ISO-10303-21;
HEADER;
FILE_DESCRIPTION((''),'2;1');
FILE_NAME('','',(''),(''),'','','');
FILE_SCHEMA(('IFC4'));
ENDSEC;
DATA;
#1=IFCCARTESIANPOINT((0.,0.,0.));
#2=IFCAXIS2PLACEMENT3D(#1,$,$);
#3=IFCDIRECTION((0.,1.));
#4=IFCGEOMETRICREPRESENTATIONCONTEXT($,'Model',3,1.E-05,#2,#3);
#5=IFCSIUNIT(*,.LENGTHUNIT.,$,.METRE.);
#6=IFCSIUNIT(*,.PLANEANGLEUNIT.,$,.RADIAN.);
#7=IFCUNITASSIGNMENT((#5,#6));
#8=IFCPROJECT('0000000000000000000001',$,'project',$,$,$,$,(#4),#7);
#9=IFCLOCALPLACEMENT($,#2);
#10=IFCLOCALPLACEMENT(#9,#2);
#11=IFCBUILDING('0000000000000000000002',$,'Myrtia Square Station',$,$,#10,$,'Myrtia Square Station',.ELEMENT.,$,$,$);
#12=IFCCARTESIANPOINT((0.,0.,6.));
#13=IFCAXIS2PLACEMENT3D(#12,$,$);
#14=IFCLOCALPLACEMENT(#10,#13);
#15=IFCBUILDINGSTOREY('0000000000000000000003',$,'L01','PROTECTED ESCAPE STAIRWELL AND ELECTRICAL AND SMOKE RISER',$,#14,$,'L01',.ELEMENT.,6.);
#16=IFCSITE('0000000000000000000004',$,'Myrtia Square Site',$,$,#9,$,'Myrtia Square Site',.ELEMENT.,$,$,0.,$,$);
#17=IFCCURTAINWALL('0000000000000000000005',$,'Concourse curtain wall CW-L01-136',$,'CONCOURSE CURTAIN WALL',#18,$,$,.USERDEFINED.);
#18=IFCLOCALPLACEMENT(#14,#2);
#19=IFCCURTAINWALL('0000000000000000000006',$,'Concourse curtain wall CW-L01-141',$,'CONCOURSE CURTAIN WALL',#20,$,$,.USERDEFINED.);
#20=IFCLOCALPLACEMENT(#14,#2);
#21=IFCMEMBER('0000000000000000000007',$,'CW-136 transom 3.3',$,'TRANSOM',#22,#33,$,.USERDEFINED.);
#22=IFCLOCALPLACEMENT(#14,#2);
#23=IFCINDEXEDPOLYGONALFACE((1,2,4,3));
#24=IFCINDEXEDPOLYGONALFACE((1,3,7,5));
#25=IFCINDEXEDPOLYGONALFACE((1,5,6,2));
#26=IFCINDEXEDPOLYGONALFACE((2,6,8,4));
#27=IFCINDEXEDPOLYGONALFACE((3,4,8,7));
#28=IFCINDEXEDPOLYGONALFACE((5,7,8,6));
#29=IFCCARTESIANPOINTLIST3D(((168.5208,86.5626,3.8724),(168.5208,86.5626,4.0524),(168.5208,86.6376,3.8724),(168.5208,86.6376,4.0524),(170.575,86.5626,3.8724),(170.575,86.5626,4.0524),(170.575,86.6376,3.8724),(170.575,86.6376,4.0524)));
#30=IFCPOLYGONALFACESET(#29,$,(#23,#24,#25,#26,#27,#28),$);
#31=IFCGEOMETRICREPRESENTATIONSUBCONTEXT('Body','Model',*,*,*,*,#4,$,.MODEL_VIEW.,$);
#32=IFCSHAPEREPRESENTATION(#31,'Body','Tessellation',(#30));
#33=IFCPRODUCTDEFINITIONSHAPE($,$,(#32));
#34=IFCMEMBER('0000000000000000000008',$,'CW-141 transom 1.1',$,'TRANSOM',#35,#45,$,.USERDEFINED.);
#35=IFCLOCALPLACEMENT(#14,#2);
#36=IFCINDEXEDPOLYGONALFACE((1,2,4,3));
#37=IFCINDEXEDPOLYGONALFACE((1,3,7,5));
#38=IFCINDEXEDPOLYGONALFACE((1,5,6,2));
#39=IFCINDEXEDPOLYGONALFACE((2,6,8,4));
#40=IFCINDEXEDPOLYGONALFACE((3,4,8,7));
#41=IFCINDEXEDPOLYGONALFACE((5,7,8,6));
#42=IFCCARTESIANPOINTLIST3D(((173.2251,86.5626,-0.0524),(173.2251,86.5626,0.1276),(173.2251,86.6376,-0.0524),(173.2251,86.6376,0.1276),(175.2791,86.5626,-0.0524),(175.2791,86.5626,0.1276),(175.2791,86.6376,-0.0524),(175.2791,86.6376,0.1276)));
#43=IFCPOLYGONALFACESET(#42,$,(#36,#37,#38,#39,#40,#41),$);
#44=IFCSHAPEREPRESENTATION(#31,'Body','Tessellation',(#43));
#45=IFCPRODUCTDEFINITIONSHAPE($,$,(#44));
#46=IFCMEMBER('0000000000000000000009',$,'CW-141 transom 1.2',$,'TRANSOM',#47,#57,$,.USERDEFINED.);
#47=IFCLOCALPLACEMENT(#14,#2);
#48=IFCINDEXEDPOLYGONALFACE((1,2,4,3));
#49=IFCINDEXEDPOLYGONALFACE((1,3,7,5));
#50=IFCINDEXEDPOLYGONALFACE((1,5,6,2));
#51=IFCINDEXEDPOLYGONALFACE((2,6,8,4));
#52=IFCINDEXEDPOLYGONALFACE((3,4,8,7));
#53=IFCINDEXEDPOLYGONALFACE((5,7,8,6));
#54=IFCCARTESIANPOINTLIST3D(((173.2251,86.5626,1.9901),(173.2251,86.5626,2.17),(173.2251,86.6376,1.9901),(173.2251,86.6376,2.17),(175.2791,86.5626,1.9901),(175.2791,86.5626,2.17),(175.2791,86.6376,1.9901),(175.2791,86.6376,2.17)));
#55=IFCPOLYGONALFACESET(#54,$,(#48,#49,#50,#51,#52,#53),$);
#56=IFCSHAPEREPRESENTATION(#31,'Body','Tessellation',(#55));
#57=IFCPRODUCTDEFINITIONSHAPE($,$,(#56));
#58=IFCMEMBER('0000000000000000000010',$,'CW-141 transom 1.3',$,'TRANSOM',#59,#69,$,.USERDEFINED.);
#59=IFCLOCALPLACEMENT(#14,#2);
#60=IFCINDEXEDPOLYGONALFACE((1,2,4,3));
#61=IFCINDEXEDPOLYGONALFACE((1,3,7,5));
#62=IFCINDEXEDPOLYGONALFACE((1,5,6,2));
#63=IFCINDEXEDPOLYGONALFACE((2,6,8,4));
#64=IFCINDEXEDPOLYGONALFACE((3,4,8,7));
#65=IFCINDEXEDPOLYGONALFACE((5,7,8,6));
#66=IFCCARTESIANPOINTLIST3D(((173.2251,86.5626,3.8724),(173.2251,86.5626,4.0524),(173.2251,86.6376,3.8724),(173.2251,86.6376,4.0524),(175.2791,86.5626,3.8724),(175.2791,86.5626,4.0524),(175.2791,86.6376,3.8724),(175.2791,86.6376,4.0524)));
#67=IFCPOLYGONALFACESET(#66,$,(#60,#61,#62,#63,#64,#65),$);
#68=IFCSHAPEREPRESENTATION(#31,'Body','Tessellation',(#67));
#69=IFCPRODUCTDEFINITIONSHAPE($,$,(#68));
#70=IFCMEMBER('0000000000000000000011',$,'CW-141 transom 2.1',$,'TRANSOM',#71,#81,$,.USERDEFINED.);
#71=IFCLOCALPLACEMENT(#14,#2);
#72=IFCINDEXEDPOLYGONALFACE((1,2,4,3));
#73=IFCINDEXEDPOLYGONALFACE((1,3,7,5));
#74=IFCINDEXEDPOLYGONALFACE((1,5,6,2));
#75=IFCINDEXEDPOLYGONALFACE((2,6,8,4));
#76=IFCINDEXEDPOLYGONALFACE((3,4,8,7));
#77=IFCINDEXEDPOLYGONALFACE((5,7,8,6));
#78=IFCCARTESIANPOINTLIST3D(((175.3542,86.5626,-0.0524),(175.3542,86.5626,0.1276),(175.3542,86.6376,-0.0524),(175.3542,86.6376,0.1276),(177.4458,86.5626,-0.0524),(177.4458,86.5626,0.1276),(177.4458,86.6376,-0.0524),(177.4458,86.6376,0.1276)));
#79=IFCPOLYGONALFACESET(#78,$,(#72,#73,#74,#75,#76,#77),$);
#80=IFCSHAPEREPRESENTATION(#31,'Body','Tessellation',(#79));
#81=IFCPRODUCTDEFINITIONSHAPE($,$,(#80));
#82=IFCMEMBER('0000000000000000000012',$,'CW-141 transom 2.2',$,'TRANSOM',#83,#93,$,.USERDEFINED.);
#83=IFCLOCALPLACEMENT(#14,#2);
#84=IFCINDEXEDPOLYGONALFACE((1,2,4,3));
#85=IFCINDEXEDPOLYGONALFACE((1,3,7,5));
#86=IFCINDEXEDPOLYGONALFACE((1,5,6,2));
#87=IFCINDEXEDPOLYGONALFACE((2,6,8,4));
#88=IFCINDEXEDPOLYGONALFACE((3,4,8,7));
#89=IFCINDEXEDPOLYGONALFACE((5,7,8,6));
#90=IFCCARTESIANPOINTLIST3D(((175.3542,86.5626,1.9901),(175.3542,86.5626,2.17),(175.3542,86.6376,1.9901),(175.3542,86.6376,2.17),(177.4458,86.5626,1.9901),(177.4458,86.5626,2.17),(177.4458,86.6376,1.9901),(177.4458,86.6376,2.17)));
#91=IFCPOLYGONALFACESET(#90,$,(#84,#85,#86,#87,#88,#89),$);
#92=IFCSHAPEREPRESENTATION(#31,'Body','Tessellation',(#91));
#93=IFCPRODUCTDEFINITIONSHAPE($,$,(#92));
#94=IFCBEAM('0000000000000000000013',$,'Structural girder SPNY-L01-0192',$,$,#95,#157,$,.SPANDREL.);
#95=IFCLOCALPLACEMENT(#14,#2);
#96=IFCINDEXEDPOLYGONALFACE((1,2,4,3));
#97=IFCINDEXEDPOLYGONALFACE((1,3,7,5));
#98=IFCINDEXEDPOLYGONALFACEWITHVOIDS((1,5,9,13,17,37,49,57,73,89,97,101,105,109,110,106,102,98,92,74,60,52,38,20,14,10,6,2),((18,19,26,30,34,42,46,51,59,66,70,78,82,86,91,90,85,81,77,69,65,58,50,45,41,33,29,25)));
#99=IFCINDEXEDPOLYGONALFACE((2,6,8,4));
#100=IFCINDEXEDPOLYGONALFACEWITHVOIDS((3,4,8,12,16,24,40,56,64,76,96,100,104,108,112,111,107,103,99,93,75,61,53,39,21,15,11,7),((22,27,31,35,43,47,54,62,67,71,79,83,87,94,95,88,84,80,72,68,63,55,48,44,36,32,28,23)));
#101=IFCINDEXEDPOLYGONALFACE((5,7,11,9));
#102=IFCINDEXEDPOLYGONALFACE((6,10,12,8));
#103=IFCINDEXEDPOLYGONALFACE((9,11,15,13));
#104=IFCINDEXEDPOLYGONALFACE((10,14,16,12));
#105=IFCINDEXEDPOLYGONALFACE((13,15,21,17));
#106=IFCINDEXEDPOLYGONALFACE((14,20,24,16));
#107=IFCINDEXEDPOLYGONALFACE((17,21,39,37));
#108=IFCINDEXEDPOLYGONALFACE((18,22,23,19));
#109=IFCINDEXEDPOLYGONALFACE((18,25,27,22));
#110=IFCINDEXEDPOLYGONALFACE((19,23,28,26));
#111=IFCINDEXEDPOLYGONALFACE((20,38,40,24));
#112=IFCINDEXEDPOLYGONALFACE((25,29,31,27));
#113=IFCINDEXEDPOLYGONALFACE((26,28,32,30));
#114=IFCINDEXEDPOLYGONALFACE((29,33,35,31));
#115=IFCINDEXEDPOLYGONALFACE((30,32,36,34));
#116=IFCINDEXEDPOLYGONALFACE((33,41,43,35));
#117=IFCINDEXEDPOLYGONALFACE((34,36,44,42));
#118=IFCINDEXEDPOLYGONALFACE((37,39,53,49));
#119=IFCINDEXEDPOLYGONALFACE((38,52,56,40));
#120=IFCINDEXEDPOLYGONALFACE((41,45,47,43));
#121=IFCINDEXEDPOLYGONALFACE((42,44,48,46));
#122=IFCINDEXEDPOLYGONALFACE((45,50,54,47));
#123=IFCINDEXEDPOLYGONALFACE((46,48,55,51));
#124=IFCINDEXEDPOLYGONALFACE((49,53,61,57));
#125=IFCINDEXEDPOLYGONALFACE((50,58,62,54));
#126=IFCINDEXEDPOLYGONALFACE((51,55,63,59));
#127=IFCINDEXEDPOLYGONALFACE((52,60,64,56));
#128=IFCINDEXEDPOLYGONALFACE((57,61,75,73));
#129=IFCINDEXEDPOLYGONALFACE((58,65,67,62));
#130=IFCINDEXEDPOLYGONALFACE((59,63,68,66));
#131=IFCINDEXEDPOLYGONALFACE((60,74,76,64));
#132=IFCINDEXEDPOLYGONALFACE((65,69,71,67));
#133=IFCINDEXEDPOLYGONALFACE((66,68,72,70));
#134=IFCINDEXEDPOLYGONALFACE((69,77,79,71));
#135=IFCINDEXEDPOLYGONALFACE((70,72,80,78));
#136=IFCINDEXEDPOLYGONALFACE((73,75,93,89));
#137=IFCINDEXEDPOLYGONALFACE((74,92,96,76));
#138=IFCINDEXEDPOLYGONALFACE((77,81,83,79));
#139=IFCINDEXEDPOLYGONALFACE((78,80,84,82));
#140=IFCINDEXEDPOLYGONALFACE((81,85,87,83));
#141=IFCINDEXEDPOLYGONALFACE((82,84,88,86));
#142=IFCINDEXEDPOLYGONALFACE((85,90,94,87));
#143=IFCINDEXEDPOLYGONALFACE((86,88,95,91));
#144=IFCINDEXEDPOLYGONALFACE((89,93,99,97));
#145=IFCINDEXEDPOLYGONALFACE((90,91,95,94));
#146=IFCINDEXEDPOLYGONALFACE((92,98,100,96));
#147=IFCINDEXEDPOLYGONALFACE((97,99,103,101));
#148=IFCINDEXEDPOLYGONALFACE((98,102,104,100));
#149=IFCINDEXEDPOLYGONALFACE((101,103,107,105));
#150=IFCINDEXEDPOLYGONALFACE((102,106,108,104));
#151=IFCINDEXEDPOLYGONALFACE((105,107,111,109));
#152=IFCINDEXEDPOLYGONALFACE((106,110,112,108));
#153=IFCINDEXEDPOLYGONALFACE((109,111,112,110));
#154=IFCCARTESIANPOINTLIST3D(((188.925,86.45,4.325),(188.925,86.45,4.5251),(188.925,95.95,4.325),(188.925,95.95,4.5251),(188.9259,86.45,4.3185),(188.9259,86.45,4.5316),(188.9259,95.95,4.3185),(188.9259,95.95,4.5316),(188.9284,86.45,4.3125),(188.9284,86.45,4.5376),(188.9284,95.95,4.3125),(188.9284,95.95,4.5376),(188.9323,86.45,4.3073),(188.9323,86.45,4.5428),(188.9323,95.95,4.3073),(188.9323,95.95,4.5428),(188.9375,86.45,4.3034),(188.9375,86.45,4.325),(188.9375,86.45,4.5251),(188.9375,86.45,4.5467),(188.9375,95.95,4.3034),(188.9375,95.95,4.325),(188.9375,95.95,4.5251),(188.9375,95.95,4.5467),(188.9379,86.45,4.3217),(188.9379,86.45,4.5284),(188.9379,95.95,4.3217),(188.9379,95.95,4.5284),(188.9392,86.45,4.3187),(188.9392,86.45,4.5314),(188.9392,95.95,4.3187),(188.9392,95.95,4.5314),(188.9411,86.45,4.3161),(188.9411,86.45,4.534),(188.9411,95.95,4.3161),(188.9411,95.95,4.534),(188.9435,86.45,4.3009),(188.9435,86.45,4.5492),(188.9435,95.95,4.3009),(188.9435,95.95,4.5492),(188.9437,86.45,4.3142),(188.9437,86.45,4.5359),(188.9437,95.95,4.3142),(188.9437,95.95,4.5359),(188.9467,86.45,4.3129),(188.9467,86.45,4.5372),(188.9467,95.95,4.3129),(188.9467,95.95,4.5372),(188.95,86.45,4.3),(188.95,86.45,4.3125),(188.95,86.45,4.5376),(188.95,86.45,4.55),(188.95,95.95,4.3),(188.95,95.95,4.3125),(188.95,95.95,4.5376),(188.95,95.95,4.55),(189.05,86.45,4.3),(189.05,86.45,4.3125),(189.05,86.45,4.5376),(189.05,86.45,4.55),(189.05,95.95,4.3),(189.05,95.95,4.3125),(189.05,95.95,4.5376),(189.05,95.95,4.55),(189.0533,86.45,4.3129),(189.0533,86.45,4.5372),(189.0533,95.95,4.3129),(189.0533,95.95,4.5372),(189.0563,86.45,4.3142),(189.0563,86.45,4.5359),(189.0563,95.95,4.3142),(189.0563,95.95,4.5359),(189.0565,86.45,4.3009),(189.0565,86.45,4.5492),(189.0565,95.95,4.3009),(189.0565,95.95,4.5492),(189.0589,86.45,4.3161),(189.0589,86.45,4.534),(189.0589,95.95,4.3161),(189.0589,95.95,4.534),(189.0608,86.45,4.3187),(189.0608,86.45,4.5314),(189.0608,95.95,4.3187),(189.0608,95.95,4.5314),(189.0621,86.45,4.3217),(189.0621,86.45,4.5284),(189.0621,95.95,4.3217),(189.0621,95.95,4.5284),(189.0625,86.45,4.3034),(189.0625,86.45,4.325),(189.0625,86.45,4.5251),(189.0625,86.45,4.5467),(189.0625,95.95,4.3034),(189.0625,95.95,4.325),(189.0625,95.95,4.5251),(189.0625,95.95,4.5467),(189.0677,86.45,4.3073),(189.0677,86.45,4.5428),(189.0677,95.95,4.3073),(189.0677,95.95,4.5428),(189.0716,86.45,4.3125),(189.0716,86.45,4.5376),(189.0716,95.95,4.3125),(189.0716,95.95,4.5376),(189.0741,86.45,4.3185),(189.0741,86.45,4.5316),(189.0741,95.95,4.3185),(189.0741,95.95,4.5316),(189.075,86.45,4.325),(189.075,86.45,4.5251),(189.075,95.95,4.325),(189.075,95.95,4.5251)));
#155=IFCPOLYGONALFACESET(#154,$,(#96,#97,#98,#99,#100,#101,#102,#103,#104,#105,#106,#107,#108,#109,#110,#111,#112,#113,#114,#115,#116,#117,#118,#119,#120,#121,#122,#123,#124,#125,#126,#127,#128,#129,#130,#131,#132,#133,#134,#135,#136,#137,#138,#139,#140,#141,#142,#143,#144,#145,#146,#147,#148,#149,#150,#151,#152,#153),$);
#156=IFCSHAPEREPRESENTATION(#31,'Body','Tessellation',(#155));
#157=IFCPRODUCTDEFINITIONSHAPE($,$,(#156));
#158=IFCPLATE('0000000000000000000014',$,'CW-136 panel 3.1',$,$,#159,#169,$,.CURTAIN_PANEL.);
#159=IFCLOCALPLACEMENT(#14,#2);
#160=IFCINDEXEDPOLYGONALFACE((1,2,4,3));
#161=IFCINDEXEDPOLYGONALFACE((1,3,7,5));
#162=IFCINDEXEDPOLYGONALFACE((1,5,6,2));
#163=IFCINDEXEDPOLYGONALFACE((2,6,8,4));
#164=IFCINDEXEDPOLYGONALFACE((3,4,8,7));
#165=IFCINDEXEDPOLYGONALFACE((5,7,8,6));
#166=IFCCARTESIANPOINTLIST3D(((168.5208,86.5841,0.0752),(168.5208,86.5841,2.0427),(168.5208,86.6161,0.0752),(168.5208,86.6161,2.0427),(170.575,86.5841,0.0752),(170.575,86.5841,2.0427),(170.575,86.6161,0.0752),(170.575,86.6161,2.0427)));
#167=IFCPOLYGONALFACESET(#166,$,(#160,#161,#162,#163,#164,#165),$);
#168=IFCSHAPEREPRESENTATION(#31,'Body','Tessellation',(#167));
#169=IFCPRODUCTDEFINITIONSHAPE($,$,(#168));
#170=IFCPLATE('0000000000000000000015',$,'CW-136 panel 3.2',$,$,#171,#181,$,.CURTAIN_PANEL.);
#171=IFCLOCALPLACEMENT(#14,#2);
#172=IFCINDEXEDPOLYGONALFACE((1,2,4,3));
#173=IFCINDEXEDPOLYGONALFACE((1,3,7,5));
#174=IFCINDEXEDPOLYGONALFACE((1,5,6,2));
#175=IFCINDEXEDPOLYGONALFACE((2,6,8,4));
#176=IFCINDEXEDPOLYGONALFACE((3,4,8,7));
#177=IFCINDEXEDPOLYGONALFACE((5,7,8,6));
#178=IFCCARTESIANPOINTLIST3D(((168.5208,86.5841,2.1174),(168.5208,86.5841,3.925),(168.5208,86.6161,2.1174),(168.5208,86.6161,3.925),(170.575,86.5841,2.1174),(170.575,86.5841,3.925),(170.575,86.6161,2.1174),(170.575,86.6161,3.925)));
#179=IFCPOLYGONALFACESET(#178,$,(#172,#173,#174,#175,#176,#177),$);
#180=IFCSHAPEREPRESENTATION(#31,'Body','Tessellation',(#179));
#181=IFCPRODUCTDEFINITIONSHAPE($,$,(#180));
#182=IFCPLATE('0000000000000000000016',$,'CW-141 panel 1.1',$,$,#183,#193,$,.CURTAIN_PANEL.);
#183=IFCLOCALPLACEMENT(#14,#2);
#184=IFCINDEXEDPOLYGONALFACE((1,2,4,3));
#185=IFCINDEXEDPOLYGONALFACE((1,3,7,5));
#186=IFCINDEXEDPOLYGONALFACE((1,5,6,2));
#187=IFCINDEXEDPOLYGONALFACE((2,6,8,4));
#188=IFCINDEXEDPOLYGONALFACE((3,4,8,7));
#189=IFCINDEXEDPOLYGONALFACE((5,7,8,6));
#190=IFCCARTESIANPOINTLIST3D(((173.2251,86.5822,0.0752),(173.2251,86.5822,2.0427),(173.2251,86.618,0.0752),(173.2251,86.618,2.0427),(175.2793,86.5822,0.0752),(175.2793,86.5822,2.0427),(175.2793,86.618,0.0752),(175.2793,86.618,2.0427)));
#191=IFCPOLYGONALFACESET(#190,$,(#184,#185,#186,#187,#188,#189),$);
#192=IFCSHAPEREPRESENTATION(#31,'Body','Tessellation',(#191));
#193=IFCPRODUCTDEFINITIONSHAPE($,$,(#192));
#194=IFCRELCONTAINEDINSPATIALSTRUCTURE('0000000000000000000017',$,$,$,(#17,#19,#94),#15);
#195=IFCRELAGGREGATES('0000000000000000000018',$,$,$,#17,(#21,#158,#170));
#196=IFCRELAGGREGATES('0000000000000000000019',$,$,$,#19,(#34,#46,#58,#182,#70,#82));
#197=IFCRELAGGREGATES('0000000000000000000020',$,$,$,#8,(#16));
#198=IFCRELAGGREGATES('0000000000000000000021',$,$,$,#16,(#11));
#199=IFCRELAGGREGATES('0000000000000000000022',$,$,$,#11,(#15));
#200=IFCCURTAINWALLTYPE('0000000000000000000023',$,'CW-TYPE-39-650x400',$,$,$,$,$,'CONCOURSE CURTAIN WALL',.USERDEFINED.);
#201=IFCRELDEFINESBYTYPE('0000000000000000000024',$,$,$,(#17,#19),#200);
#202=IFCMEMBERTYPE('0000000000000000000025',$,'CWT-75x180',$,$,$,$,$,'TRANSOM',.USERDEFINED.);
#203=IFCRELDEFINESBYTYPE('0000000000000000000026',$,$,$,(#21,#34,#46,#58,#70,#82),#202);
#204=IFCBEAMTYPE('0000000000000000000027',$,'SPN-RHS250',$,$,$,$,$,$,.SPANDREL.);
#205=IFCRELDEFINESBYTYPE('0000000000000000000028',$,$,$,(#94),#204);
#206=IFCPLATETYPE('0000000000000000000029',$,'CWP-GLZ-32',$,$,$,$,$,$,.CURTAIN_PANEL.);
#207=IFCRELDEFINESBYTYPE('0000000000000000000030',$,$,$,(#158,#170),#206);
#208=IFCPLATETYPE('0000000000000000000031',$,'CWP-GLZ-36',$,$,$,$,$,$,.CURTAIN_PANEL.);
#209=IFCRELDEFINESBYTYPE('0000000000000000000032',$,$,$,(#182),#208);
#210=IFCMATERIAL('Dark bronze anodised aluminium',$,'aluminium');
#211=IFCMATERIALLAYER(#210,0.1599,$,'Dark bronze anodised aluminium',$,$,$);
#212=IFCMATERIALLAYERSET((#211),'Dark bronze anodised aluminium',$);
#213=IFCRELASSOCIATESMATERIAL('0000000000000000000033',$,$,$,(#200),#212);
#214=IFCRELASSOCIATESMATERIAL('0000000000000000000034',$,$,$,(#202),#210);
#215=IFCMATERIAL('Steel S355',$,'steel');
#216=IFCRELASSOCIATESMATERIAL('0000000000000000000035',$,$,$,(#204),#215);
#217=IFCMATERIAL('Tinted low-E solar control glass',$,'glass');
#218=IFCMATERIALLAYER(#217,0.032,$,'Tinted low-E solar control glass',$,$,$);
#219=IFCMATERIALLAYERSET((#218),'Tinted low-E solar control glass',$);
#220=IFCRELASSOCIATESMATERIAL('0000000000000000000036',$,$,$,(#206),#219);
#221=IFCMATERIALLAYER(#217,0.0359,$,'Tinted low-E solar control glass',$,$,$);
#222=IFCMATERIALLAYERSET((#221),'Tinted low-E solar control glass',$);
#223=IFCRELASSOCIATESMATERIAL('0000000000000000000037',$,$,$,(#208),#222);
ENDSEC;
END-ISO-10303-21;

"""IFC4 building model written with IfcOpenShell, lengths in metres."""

from ifc_helpers import new_model, si_unit, direction, frame, origin, origin_2d, place, context, subcontext, project, spatial, rectangle, hollow_rectangle, extrude, material, layer, layer_set, material_profile, profile_set, type_object, element, aggregate, save


model = new_model("IFC4")

# Units and contexts
model_context = context("Model", 3, precision=1e-05, world=origin(), true_north=direction((0.0, 1.0)))
body_context = subcontext(model_context, "Body", "Model", "MODEL_VIEW")
ifc_project = project(units=[si_unit("LENGTHUNIT", "METRE"), si_unit("PLANEANGLEUNIT", "RADIAN")], contexts=[model_context])

# Site, building, storey
site_placement = place(None, origin())
site = spatial("IfcSite", under=ifc_project, at=site_placement, Name="Myrtia Square Site", LongName="Myrtia Square Site", CompositionType="ELEMENT", RefElevation=0.0)
building_placement = place(site_placement, origin())
building = spatial("IfcBuilding", under=site, at=building_placement, Name="Myrtia Square Station", LongName="Myrtia Square Station", CompositionType="ELEMENT")
storey_placement = place(building_placement, frame((0.0, 0.0, 6.0)))
storey = spatial("IfcBuildingStorey", under=building, at=storey_placement, Name="L01", Description="PROTECTED ESCAPE STAIRWELL AND ELECTRICAL AND SMOKE RISER", LongName="L01", CompositionType="ELEMENT", Elevation=6.0)

# Shared definitions
ifc_material_1 = material(Name="Steel S355", Category="steel")

# Curtain wall
ifc_material_2 = material(Name="Dark bronze anodised aluminium", Category="aluminium")
ifc_layer_1 = layer(ifc_material_2, 0.1599, Name="Dark bronze anodised aluminium")
ifc_layer_set_1 = layer_set([ifc_layer_1], Name="Dark bronze anodised aluminium")
curtain_wall_type = type_object("IfcCurtainWallType", Name="CW-TYPE-39-650x400", ElementType="CONCOURSE CURTAIN WALL", PredefinedType="USERDEFINED", material=ifc_layer_set_1)
curtain_wall_1_placement = place(storey_placement, origin())
curtain_wall_1 = element("IfcCurtainWall", 1, at=curtain_wall_1_placement, inside=storey, type_object=curtain_wall_type, Name="Concourse curtain wall CW-L01-136", ObjectType="CONCOURSE CURTAIN WALL", PredefinedType="USERDEFINED")

# Curtain wall
curtain_wall_2_placement = place(storey_placement, origin())
curtain_wall_2 = element("IfcCurtainWall", 2, at=curtain_wall_2_placement, inside=storey, type_object=curtain_wall_type, Name="Concourse curtain wall CW-L01-141", ObjectType="CONCOURSE CURTAIN WALL", PredefinedType="USERDEFINED")

# Members
ifc_material_profile_1 = material_profile(ifc_material_2, rectangle(XDim=0.075, YDim=0.1799, at=origin_2d()), Name="ALU-T 75x180")
ifc_profile_set_1 = profile_set([ifc_material_profile_1], Name="Dark bronze anodised aluminium")
member_type_1 = type_object("IfcMemberType", Name="CWT-75x180", ElementType="TRANSOM", PredefinedType="USERDEFINED", material=ifc_profile_set_1)
member_1_placement = place(storey_placement, frame((168.5208, 86.6001, 3.9624), z_axis=(1.0, 0.0, 0.0), x_axis=(0.0, 1.0, 0.0)))
member_1 = element("IfcMember", 3, at=member_1_placement, type_object=member_type_1, Name="CW-136 transom 3.3", ObjectType="TRANSOM", PredefinedType="USERDEFINED", context=body_context, shape_type="SweptSolid", body=[
    extrude(rectangle(XDim=0.075, YDim=0.1799, at=origin_2d()), origin(), (0.0, 0.0, 1.0), 2.0542),
])
member_2_placement = place(storey_placement, frame((173.2251, 86.6001, 0.0376), z_axis=(1.0, 0.0, 0.0), x_axis=(0.0, 1.0, 0.0)))
member_2 = element("IfcMember", 4, at=member_2_placement, type_object=member_type_1, Name="CW-141 transom 1.1", ObjectType="TRANSOM", PredefinedType="USERDEFINED", context=body_context, shape_type="SweptSolid", body=[
    extrude(rectangle(XDim=0.075, YDim=0.1799, at=origin_2d()), origin(), (0.0, 0.0, 1.0), 2.054),
])
member_3_placement = place(storey_placement, frame((173.2251, 86.6001, 2.0801), z_axis=(1.0, 0.0, 0.0), x_axis=(0.0, 1.0, 0.0)))
member_3 = element("IfcMember", 5, at=member_3_placement, type_object=member_type_1, Name="CW-141 transom 1.2", ObjectType="TRANSOM", PredefinedType="USERDEFINED", context=body_context, shape_type="SweptSolid", body=[
    extrude(rectangle(XDim=0.075, YDim=0.1799, at=origin_2d()), origin(), (0.0, 0.0, 1.0), 2.054),
])
member_4_placement = place(storey_placement, frame((173.2251, 86.6001, 3.9624), z_axis=(1.0, 0.0, 0.0), x_axis=(0.0, 1.0, 0.0)))
member_4 = element("IfcMember", 6, at=member_4_placement, type_object=member_type_1, Name="CW-141 transom 1.3", ObjectType="TRANSOM", PredefinedType="USERDEFINED", context=body_context, shape_type="SweptSolid", body=[
    extrude(rectangle(XDim=0.075, YDim=0.1799, at=origin_2d()), origin(), (0.0, 0.0, 1.0), 2.054),
])
member_5_placement = place(storey_placement, frame((175.3542, 86.6001, 0.0376), z_axis=(1.0, 0.0, 0.0), x_axis=(0.0, 1.0, 0.0)))
member_5 = element("IfcMember", 7, at=member_5_placement, type_object=member_type_1, Name="CW-141 transom 2.1", ObjectType="TRANSOM", PredefinedType="USERDEFINED", context=body_context, shape_type="SweptSolid", body=[
    extrude(rectangle(XDim=0.075, YDim=0.1799, at=origin_2d()), origin(), (0.0, 0.0, 1.0), 2.0916),
])
member_6_placement = place(storey_placement, frame((175.3542, 86.6001, 2.0801), z_axis=(1.0, 0.0, 0.0), x_axis=(0.0, 1.0, 0.0)))
member_6 = element("IfcMember", 8, at=member_6_placement, type_object=member_type_1, Name="CW-141 transom 2.2", ObjectType="TRANSOM", PredefinedType="USERDEFINED", context=body_context, shape_type="SweptSolid", body=[
    extrude(rectangle(XDim=0.075, YDim=0.1799, at=origin_2d()), origin(), (0.0, 0.0, 1.0), 2.0916),
])

# Beam
ifc_material_profile_2 = material_profile(ifc_material_1, hollow_rectangle(XDim=0.1499, YDim=0.25, WallThickness=0.0125, InnerFilletRadius=0.0125, OuterFilletRadius=0.0249, at=origin_2d()), Name="RHS 250x150x12.5")
ifc_profile_set_2 = profile_set([ifc_material_profile_2], Name="Steel S355")
beam_type_1 = type_object("IfcBeamType", Name="SPN-RHS250", PredefinedType="SPANDREL", material=ifc_profile_set_2)
beam_1_placement = place(storey_placement, frame((189.0, 86.45, 4.425), z_axis=(0.0, 1.0, 0.0), x_axis=(-1.0, 0.0, 0.0)))
element("IfcBeam", 9, at=beam_1_placement, inside=storey, type_object=beam_type_1, Name="Structural girder SPNY-L01-0192", PredefinedType="SPANDREL", context=body_context, shape_type="SweptSolid", body=[
    extrude(hollow_rectangle(XDim=0.1499, YDim=0.25, WallThickness=0.0125, InnerFilletRadius=0.0125, OuterFilletRadius=0.0249, at=origin_2d()), origin(), (0.0, 0.0, 1.0), 9.5),
])

# Plates
ifc_material_3 = material(Name="Tinted low-E solar control glass", Category="glass")
ifc_layer_2 = layer(ifc_material_3, 0.032, Name="Tinted low-E solar control glass")
ifc_layer_set_2 = layer_set([ifc_layer_2], Name="Tinted low-E solar control glass")
plate_type_1 = type_object("IfcPlateType", Name="CWP-GLZ-32", PredefinedType="CURTAIN_PANEL", material=ifc_layer_set_2)
plate_1_placement = place(storey_placement, frame((169.5479, 86.6001, 0.0752), z_axis=(0.0, 0.0, 1.0), x_axis=(1.0, 0.0, 0.0)))
plate_1 = element("IfcPlate", 10, at=plate_1_placement, type_object=plate_type_1, Name="CW-136 panel 3.1", PredefinedType="CURTAIN_PANEL", context=body_context, shape_type="SweptSolid", body=[
    extrude(rectangle(XDim=2.0542, YDim=0.032, at=origin_2d()), origin(), (0.0, 0.0, 1.0), 1.9675),
])
plate_2_placement = place(storey_placement, frame((169.5479, 86.6001, 2.1174), z_axis=(0.0, 0.0, 1.0), x_axis=(1.0, 0.0, 0.0)))
plate_2 = element("IfcPlate", 11, at=plate_2_placement, type_object=plate_type_1, Name="CW-136 panel 3.2", PredefinedType="CURTAIN_PANEL", context=body_context, shape_type="SweptSolid", body=[
    extrude(rectangle(XDim=2.0542, YDim=0.032, at=origin_2d()), origin(), (0.0, 0.0, 1.0), 1.8076),
])
aggregate(curtain_wall_1, [member_1, plate_1, plate_2])
ifc_layer_3 = layer(ifc_material_3, 0.0359, Name="Tinted low-E solar control glass")
ifc_layer_set_3 = layer_set([ifc_layer_3], Name="Tinted low-E solar control glass")
plate_type_2 = type_object("IfcPlateType", Name="CWP-GLZ-36", PredefinedType="CURTAIN_PANEL", material=ifc_layer_set_3)
plate_3_placement = place(storey_placement, frame((174.2522, 86.6001, 0.0752), z_axis=(0.0, 0.0, 1.0), x_axis=(1.0, 0.0, 0.0)))
plate_3 = element("IfcPlate", 12, at=plate_3_placement, type_object=plate_type_2, Name="CW-141 panel 1.1", PredefinedType="CURTAIN_PANEL", context=body_context, shape_type="SweptSolid", body=[
    extrude(rectangle(XDim=2.0542, YDim=0.0359, at=origin_2d()), origin(), (0.0, 0.0, 1.0), 1.9675),
])
aggregate(curtain_wall_2, [member_2, member_3, member_4, plate_3, member_5, member_6])

save(model, "model.ifc")
